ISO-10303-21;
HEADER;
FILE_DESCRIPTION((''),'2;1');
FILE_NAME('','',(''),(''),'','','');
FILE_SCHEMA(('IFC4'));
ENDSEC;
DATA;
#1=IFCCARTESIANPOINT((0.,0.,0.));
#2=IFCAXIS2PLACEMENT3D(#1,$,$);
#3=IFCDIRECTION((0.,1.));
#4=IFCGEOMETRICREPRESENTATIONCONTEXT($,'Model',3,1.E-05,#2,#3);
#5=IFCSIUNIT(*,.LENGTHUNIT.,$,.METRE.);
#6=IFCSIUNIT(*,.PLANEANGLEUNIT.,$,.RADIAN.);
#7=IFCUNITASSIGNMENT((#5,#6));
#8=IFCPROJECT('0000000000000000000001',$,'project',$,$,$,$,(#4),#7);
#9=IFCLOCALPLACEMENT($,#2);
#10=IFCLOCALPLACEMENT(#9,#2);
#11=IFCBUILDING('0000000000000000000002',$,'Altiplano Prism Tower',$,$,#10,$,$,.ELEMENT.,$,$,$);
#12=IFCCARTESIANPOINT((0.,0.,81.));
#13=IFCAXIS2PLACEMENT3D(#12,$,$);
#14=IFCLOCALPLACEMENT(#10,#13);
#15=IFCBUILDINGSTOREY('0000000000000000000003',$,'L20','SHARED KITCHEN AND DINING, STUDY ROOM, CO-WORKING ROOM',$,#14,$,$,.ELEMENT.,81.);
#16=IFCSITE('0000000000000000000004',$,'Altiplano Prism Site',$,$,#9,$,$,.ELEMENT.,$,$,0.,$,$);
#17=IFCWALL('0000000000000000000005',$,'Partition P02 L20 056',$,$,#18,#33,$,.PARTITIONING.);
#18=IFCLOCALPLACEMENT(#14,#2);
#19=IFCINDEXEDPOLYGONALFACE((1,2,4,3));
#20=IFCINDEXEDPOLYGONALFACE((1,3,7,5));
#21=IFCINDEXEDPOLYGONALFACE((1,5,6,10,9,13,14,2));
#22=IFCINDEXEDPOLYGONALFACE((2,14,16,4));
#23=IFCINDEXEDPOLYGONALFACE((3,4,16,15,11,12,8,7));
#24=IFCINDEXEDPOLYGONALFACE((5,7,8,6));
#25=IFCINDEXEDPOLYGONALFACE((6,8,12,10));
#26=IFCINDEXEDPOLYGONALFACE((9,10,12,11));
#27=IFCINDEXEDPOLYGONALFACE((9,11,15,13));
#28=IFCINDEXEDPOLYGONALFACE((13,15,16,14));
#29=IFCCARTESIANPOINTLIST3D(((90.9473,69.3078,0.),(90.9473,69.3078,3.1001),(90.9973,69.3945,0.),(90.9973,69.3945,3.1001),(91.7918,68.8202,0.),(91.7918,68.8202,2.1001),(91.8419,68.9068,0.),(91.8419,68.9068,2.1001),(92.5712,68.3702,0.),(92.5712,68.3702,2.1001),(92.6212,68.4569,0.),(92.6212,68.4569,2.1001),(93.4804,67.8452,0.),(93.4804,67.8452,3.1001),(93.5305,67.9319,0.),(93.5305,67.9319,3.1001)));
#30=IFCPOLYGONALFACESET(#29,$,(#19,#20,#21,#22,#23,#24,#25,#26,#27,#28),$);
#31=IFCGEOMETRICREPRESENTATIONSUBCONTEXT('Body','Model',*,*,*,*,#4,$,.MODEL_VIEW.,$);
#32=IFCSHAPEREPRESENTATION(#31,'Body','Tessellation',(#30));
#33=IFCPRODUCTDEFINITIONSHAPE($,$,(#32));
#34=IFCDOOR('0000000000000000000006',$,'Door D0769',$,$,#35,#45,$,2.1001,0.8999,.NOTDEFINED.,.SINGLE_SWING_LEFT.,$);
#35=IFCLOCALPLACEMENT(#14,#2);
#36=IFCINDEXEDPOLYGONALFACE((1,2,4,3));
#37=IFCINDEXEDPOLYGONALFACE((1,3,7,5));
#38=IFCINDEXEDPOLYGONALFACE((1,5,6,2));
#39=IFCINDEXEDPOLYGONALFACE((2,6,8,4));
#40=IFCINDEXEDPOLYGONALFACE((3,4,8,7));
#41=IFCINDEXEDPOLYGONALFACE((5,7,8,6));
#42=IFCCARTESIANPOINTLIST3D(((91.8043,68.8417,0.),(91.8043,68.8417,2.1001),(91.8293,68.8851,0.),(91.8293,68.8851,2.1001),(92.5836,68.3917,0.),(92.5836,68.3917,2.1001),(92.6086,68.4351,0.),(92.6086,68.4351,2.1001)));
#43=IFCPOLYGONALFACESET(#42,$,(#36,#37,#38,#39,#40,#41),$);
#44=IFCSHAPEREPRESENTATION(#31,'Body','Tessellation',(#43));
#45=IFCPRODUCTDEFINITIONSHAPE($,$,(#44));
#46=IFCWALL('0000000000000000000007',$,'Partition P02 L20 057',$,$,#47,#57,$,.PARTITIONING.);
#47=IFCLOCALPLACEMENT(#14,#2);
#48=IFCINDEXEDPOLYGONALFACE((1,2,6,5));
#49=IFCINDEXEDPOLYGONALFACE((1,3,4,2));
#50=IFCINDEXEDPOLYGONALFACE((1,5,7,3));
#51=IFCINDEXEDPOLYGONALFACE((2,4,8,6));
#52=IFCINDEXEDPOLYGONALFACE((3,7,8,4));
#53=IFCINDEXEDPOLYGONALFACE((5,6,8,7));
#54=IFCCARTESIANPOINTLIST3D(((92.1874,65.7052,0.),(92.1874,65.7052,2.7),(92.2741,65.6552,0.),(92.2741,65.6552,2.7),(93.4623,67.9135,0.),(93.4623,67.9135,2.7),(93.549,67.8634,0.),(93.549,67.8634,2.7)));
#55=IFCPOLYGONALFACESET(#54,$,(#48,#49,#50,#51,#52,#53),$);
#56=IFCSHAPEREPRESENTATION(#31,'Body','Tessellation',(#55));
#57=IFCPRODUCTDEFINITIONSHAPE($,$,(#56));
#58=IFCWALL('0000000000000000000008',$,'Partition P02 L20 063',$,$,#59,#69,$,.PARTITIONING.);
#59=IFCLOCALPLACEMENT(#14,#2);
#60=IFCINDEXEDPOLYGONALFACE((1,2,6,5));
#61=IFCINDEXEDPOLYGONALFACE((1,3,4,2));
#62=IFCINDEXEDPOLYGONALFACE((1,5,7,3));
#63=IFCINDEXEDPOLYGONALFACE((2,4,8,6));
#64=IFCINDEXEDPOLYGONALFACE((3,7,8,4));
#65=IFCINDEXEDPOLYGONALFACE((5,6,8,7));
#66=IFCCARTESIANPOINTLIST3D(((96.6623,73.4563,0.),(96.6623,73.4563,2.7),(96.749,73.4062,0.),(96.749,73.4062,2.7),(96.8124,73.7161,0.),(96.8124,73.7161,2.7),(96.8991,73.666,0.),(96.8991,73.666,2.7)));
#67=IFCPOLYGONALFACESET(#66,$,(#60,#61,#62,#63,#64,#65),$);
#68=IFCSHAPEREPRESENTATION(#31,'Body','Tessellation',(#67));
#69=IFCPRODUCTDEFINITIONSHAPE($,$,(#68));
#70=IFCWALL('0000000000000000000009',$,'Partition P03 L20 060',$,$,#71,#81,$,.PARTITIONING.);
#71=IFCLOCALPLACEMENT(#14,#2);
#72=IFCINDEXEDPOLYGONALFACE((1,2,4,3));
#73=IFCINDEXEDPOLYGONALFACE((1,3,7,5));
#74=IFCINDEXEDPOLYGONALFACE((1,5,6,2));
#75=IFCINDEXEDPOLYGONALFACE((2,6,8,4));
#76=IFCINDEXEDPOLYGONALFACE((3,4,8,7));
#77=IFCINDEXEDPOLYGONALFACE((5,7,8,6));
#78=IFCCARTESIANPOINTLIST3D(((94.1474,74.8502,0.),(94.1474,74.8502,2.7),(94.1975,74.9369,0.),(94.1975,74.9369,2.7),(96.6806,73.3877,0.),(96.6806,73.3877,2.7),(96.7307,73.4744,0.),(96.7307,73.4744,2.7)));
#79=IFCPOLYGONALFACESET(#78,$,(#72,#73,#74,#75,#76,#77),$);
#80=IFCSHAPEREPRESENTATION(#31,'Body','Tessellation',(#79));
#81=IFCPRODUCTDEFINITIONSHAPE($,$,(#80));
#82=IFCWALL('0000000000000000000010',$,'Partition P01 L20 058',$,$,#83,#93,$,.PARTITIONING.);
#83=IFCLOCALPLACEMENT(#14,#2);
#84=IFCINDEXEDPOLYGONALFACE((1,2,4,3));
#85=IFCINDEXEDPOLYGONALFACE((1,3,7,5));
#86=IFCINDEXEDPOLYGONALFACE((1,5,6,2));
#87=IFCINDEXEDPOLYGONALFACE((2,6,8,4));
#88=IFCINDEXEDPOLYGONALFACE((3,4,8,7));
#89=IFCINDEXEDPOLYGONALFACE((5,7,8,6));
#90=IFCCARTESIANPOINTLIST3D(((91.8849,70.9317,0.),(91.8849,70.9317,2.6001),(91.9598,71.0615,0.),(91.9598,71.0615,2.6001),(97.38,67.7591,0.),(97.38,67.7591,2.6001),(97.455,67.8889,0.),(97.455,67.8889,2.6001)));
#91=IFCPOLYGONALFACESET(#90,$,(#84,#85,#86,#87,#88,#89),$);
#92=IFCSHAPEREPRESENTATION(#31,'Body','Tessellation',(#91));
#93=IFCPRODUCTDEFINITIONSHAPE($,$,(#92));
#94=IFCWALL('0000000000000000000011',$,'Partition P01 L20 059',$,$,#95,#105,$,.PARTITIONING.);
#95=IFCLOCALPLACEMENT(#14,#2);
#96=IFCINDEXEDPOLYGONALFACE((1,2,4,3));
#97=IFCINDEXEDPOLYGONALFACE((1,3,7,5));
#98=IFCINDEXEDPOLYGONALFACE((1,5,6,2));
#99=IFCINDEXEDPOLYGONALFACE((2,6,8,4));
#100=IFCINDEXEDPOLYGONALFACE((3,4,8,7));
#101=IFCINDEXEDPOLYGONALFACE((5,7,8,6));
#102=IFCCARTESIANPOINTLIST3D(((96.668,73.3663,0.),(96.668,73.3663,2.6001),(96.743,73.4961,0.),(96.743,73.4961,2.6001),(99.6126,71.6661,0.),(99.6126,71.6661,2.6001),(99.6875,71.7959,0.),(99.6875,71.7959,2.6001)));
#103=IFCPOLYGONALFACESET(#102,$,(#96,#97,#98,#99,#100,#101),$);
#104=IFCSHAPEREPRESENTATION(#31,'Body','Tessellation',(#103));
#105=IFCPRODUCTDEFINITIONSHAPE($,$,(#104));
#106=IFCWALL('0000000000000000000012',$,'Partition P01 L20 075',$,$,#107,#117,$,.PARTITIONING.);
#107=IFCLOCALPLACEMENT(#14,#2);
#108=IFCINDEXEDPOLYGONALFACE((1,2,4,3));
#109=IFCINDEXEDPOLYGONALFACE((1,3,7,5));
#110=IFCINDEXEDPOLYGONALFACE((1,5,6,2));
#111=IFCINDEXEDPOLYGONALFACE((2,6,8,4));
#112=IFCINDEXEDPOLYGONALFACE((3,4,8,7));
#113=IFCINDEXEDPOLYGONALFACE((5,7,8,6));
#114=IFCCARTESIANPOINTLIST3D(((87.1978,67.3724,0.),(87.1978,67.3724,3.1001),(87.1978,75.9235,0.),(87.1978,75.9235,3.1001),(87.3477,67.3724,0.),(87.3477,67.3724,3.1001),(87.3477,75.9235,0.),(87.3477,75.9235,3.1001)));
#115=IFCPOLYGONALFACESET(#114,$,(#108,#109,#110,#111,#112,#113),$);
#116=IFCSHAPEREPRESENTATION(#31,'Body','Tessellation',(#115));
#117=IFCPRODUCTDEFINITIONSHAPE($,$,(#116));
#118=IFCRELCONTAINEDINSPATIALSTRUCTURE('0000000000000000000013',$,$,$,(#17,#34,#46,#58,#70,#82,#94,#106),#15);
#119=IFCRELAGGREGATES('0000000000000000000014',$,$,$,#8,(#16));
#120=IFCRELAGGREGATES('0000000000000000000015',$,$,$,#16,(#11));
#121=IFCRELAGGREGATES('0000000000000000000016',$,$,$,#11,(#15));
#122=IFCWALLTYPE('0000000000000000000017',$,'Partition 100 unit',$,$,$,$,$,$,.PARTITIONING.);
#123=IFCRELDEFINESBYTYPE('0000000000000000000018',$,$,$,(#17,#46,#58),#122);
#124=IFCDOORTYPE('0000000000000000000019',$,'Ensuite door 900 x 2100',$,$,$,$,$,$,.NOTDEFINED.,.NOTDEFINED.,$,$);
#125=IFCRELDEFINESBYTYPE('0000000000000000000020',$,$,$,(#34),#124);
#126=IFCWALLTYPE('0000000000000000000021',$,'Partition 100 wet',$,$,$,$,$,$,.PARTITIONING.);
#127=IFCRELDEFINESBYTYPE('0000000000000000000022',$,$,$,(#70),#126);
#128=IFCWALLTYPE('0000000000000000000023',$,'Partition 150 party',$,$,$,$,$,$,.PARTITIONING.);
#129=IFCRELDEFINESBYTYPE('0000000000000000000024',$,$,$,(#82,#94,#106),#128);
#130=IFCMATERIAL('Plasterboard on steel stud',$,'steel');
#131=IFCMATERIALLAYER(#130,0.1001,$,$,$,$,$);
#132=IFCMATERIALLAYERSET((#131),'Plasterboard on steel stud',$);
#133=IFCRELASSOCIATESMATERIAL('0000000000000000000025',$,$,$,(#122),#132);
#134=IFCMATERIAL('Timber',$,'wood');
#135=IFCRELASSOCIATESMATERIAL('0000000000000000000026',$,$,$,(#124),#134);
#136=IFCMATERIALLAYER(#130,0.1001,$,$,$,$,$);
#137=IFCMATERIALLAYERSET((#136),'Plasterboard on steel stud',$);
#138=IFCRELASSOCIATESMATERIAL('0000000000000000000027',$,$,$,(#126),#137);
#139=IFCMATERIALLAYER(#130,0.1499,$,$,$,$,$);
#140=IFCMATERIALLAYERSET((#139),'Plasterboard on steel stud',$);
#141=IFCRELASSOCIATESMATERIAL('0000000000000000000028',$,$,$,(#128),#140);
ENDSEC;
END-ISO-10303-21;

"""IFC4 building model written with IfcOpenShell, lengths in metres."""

from ifc_helpers import new_model, si_unit, direction, frame, frame_2d, origin, place, context, subcontext, project, spatial, rectangle, extrude, material, layer, layer_set, type_object, element, fill, save


model = new_model("IFC4")

# Units and contexts
model_context = context("Model", 3, precision=1e-05, world=origin(), true_north=direction((0.0, 1.0)))
body_context = subcontext(model_context, "Body", "Model", "MODEL_VIEW")
ifc_project = project(units=[si_unit("LENGTHUNIT", "METRE"), si_unit("PLANEANGLEUNIT", "RADIAN")], contexts=[model_context])

# Site, building, storey
site_placement = place(None, origin())
site = spatial("IfcSite", under=ifc_project, at=site_placement, Name="Altiplano Prism Site", CompositionType="ELEMENT", RefElevation=0.0)
building_placement = place(site_placement, origin())
building = spatial("IfcBuilding", under=site, at=building_placement, Name="Altiplano Prism Tower", CompositionType="ELEMENT")
storey_placement = place(building_placement, frame((0.0, 0.0, 81.0)))
storey = spatial("IfcBuildingStorey", under=building, at=storey_placement, Name="L20", Description="SHARED KITCHEN AND DINING, STUDY ROOM, CO-WORKING ROOM", CompositionType="ELEMENT", Elevation=81.0)

# Wall, opening, door
ifc_material_1 = material(Name="Plasterboard on steel stud", Category="steel")
ifc_layer_1 = layer(ifc_material_1, 0.1001)
ifc_layer_set_1 = layer_set([ifc_layer_1], Name="Plasterboard on steel stud")
wall_type_1 = type_object("IfcWallType", Name="Partition 100 unit", PredefinedType="PARTITIONING", material=ifc_layer_set_1)
wall_1_placement = place(storey_placement, frame((90.9724, 69.3511, 0.0), z_axis=(0.0, 0.0, 1.0), x_axis=(0.86601, -0.500026, 0.0)))
wall_1 = element("IfcWall", 1, at=wall_1_placement, inside=storey, type_object=wall_type_1, Name="Partition P02 L20 056", PredefinedType="PARTITIONING", context=body_context, shape_type="SweptSolid", body=[
    extrude(rectangle(XDim=2.925, YDim=0.1001, at=frame_2d((1.4624, 0.0))), origin(), (0.0, 0.0, 1.0), 3.1001),
])
opening_placement = place(wall_1_placement, frame((0.9751, 0.0, 0.0)))
opening = element("IfcOpeningElement", 2, at=opening_placement, cuts=wall_1, PredefinedType="OPENING", context=body_context, shape_type="SweptSolid", body=[
    extrude(rectangle(XDim=0.8999, YDim=2.1001, at=frame_2d((0.45, 1.05))), frame((0.0, 0.0605, 0.0), z_axis=(0.0, -1.0, 0.0), x_axis=(1.0, 0.0, 0.0)), (0.0, 0.0, 1.0), 0.1211),
])
ifc_material_2 = material(Name="Timber", Category="wood")
door_type = type_object("IfcDoorType", Name="Ensuite door 900 x 2100", OperationType="NOTDEFINED", PredefinedType="NOTDEFINED", material=ifc_material_2)
door_placement = place(opening_placement, origin())
door = element("IfcDoor", 3, at=door_placement, inside=storey, type_object=door_type, Name="Door D0769", OperationType="SINGLE_SWING_LEFT", OverallHeight=2.1001, OverallWidth=0.8999, PredefinedType="NOTDEFINED", context=body_context, shape_type="SweptSolid", body=[
    extrude(rectangle(XDim=0.8999, YDim=2.1001, at=frame_2d((0.45, 1.05))), frame((0.0, 0.0249, 0.0), z_axis=(0.0, -1.0, 0.0), x_axis=(1.0, 0.0, 0.0)), (0.0, 0.0, 1.0), 0.05),
])
fill(opening, door)

# Walls
wall_2_placement = place(storey_placement, frame((93.5056, 67.8884, 0.0), z_axis=(0.0, 0.0, 1.0), x_axis=(-0.49999, -0.866031, 0.0)))
element("IfcWall", 4, at=wall_2_placement, inside=storey, type_object=wall_type_1, Name="Partition P02 L20 057", PredefinedType="PARTITIONING", context=body_context, shape_type="SweptSolid", body=[
    extrude(rectangle(XDim=2.5498, YDim=0.1001, at=frame_2d((1.2749, 0.0))), origin(), (0.0, 0.0, 1.0), 2.7),
])
wall_3_placement = place(storey_placement, frame((96.8557, 73.6909, 0.0), z_axis=(0.0, 0.0, 1.0), x_axis=(-0.500427, -0.865779, 0.0)))
element("IfcWall", 5, at=wall_3_placement, inside=storey, type_object=wall_type_1, Name="Partition P02 L20 063", PredefinedType="PARTITIONING", context=body_context, shape_type="SweptSolid", body=[
    extrude(rectangle(XDim=0.3, YDim=0.1001, at=frame_2d((0.1499, 0.0))), origin(), (0.0, 0.0, 1.0), 2.7),
])
ifc_layer_2 = layer(ifc_material_1, 0.1001)
ifc_layer_set_2 = layer_set([ifc_layer_2], Name="Plasterboard on steel stud")
wall_type_2 = type_object("IfcWallType", Name="Partition 100 wet", PredefinedType="PARTITIONING", material=ifc_layer_set_2)
wall_4_placement = place(storey_placement, frame((96.7056, 73.4312, 0.0), z_axis=(0.0, 0.0, 1.0), x_axis=(-0.866047, 0.499963, 0.0)))
element("IfcWall", 6, at=wall_4_placement, inside=storey, type_object=wall_type_2, Name="Partition P03 L20 060", PredefinedType="PARTITIONING", context=body_context, shape_type="SweptSolid", body=[
    extrude(rectangle(XDim=2.925, YDim=0.1001, at=frame_2d((1.4624, 0.0))), origin(), (0.0, 0.0, 1.0), 2.7),
])
ifc_layer_3 = layer(ifc_material_1, 0.1499)
ifc_layer_set_3 = layer_set([ifc_layer_3], Name="Plasterboard on steel stud")
wall_type_3 = type_object("IfcWallType", Name="Partition 150 party", PredefinedType="PARTITIONING", material=ifc_layer_set_3)
wall_5_placement = place(storey_placement, frame((97.4175, 67.824, 0.0), z_axis=(0.0, 0.0, 1.0), x_axis=(-0.866025, 0.5, 0.0)))
element("IfcWall", 7, at=wall_5_placement, inside=storey, type_object=wall_type_3, Name="Partition P01 L20 058", PredefinedType="PARTITIONING", context=body_context, shape_type="SweptSolid", body=[
    extrude(rectangle(XDim=6.3452, YDim=0.1499, at=frame_2d((3.1726, 0.0))), origin(), (0.0, 0.0, 1.0), 2.6001),
])
wall_6_placement = place(storey_placement, frame((99.6501, 71.731, 0.0), z_axis=(0.0, 0.0, 1.0), x_axis=(-0.866007, 0.500031, 0.0)))
element("IfcWall", 8, at=wall_6_placement, inside=storey, type_object=wall_type_3, Name="Partition P01 L20 059", PredefinedType="PARTITIONING", context=body_context, shape_type="SweptSolid", body=[
    extrude(rectangle(XDim=3.4001, YDim=0.1499, at=frame_2d((1.7002, 0.0))), origin(), (0.0, 0.0, 1.0), 2.6001),
])
wall_7_placement = place(storey_placement, frame((87.2727, 67.3726, 0.0), z_axis=(0.0, 0.0, 1.0), x_axis=(0.0, 1.0, 0.0)))
element("IfcWall", 9, at=wall_7_placement, inside=storey, type_object=wall_type_3, Name="Partition P01 L20 075", PredefinedType="PARTITIONING", context=body_context, shape_type="SweptSolid", body=[
    extrude(rectangle(XDim=8.551, YDim=0.1499, at=frame_2d((4.2754, 0.0))), origin(), (0.0, 0.0, 1.0), 3.1001),
])

save(model, "model.ifc")
